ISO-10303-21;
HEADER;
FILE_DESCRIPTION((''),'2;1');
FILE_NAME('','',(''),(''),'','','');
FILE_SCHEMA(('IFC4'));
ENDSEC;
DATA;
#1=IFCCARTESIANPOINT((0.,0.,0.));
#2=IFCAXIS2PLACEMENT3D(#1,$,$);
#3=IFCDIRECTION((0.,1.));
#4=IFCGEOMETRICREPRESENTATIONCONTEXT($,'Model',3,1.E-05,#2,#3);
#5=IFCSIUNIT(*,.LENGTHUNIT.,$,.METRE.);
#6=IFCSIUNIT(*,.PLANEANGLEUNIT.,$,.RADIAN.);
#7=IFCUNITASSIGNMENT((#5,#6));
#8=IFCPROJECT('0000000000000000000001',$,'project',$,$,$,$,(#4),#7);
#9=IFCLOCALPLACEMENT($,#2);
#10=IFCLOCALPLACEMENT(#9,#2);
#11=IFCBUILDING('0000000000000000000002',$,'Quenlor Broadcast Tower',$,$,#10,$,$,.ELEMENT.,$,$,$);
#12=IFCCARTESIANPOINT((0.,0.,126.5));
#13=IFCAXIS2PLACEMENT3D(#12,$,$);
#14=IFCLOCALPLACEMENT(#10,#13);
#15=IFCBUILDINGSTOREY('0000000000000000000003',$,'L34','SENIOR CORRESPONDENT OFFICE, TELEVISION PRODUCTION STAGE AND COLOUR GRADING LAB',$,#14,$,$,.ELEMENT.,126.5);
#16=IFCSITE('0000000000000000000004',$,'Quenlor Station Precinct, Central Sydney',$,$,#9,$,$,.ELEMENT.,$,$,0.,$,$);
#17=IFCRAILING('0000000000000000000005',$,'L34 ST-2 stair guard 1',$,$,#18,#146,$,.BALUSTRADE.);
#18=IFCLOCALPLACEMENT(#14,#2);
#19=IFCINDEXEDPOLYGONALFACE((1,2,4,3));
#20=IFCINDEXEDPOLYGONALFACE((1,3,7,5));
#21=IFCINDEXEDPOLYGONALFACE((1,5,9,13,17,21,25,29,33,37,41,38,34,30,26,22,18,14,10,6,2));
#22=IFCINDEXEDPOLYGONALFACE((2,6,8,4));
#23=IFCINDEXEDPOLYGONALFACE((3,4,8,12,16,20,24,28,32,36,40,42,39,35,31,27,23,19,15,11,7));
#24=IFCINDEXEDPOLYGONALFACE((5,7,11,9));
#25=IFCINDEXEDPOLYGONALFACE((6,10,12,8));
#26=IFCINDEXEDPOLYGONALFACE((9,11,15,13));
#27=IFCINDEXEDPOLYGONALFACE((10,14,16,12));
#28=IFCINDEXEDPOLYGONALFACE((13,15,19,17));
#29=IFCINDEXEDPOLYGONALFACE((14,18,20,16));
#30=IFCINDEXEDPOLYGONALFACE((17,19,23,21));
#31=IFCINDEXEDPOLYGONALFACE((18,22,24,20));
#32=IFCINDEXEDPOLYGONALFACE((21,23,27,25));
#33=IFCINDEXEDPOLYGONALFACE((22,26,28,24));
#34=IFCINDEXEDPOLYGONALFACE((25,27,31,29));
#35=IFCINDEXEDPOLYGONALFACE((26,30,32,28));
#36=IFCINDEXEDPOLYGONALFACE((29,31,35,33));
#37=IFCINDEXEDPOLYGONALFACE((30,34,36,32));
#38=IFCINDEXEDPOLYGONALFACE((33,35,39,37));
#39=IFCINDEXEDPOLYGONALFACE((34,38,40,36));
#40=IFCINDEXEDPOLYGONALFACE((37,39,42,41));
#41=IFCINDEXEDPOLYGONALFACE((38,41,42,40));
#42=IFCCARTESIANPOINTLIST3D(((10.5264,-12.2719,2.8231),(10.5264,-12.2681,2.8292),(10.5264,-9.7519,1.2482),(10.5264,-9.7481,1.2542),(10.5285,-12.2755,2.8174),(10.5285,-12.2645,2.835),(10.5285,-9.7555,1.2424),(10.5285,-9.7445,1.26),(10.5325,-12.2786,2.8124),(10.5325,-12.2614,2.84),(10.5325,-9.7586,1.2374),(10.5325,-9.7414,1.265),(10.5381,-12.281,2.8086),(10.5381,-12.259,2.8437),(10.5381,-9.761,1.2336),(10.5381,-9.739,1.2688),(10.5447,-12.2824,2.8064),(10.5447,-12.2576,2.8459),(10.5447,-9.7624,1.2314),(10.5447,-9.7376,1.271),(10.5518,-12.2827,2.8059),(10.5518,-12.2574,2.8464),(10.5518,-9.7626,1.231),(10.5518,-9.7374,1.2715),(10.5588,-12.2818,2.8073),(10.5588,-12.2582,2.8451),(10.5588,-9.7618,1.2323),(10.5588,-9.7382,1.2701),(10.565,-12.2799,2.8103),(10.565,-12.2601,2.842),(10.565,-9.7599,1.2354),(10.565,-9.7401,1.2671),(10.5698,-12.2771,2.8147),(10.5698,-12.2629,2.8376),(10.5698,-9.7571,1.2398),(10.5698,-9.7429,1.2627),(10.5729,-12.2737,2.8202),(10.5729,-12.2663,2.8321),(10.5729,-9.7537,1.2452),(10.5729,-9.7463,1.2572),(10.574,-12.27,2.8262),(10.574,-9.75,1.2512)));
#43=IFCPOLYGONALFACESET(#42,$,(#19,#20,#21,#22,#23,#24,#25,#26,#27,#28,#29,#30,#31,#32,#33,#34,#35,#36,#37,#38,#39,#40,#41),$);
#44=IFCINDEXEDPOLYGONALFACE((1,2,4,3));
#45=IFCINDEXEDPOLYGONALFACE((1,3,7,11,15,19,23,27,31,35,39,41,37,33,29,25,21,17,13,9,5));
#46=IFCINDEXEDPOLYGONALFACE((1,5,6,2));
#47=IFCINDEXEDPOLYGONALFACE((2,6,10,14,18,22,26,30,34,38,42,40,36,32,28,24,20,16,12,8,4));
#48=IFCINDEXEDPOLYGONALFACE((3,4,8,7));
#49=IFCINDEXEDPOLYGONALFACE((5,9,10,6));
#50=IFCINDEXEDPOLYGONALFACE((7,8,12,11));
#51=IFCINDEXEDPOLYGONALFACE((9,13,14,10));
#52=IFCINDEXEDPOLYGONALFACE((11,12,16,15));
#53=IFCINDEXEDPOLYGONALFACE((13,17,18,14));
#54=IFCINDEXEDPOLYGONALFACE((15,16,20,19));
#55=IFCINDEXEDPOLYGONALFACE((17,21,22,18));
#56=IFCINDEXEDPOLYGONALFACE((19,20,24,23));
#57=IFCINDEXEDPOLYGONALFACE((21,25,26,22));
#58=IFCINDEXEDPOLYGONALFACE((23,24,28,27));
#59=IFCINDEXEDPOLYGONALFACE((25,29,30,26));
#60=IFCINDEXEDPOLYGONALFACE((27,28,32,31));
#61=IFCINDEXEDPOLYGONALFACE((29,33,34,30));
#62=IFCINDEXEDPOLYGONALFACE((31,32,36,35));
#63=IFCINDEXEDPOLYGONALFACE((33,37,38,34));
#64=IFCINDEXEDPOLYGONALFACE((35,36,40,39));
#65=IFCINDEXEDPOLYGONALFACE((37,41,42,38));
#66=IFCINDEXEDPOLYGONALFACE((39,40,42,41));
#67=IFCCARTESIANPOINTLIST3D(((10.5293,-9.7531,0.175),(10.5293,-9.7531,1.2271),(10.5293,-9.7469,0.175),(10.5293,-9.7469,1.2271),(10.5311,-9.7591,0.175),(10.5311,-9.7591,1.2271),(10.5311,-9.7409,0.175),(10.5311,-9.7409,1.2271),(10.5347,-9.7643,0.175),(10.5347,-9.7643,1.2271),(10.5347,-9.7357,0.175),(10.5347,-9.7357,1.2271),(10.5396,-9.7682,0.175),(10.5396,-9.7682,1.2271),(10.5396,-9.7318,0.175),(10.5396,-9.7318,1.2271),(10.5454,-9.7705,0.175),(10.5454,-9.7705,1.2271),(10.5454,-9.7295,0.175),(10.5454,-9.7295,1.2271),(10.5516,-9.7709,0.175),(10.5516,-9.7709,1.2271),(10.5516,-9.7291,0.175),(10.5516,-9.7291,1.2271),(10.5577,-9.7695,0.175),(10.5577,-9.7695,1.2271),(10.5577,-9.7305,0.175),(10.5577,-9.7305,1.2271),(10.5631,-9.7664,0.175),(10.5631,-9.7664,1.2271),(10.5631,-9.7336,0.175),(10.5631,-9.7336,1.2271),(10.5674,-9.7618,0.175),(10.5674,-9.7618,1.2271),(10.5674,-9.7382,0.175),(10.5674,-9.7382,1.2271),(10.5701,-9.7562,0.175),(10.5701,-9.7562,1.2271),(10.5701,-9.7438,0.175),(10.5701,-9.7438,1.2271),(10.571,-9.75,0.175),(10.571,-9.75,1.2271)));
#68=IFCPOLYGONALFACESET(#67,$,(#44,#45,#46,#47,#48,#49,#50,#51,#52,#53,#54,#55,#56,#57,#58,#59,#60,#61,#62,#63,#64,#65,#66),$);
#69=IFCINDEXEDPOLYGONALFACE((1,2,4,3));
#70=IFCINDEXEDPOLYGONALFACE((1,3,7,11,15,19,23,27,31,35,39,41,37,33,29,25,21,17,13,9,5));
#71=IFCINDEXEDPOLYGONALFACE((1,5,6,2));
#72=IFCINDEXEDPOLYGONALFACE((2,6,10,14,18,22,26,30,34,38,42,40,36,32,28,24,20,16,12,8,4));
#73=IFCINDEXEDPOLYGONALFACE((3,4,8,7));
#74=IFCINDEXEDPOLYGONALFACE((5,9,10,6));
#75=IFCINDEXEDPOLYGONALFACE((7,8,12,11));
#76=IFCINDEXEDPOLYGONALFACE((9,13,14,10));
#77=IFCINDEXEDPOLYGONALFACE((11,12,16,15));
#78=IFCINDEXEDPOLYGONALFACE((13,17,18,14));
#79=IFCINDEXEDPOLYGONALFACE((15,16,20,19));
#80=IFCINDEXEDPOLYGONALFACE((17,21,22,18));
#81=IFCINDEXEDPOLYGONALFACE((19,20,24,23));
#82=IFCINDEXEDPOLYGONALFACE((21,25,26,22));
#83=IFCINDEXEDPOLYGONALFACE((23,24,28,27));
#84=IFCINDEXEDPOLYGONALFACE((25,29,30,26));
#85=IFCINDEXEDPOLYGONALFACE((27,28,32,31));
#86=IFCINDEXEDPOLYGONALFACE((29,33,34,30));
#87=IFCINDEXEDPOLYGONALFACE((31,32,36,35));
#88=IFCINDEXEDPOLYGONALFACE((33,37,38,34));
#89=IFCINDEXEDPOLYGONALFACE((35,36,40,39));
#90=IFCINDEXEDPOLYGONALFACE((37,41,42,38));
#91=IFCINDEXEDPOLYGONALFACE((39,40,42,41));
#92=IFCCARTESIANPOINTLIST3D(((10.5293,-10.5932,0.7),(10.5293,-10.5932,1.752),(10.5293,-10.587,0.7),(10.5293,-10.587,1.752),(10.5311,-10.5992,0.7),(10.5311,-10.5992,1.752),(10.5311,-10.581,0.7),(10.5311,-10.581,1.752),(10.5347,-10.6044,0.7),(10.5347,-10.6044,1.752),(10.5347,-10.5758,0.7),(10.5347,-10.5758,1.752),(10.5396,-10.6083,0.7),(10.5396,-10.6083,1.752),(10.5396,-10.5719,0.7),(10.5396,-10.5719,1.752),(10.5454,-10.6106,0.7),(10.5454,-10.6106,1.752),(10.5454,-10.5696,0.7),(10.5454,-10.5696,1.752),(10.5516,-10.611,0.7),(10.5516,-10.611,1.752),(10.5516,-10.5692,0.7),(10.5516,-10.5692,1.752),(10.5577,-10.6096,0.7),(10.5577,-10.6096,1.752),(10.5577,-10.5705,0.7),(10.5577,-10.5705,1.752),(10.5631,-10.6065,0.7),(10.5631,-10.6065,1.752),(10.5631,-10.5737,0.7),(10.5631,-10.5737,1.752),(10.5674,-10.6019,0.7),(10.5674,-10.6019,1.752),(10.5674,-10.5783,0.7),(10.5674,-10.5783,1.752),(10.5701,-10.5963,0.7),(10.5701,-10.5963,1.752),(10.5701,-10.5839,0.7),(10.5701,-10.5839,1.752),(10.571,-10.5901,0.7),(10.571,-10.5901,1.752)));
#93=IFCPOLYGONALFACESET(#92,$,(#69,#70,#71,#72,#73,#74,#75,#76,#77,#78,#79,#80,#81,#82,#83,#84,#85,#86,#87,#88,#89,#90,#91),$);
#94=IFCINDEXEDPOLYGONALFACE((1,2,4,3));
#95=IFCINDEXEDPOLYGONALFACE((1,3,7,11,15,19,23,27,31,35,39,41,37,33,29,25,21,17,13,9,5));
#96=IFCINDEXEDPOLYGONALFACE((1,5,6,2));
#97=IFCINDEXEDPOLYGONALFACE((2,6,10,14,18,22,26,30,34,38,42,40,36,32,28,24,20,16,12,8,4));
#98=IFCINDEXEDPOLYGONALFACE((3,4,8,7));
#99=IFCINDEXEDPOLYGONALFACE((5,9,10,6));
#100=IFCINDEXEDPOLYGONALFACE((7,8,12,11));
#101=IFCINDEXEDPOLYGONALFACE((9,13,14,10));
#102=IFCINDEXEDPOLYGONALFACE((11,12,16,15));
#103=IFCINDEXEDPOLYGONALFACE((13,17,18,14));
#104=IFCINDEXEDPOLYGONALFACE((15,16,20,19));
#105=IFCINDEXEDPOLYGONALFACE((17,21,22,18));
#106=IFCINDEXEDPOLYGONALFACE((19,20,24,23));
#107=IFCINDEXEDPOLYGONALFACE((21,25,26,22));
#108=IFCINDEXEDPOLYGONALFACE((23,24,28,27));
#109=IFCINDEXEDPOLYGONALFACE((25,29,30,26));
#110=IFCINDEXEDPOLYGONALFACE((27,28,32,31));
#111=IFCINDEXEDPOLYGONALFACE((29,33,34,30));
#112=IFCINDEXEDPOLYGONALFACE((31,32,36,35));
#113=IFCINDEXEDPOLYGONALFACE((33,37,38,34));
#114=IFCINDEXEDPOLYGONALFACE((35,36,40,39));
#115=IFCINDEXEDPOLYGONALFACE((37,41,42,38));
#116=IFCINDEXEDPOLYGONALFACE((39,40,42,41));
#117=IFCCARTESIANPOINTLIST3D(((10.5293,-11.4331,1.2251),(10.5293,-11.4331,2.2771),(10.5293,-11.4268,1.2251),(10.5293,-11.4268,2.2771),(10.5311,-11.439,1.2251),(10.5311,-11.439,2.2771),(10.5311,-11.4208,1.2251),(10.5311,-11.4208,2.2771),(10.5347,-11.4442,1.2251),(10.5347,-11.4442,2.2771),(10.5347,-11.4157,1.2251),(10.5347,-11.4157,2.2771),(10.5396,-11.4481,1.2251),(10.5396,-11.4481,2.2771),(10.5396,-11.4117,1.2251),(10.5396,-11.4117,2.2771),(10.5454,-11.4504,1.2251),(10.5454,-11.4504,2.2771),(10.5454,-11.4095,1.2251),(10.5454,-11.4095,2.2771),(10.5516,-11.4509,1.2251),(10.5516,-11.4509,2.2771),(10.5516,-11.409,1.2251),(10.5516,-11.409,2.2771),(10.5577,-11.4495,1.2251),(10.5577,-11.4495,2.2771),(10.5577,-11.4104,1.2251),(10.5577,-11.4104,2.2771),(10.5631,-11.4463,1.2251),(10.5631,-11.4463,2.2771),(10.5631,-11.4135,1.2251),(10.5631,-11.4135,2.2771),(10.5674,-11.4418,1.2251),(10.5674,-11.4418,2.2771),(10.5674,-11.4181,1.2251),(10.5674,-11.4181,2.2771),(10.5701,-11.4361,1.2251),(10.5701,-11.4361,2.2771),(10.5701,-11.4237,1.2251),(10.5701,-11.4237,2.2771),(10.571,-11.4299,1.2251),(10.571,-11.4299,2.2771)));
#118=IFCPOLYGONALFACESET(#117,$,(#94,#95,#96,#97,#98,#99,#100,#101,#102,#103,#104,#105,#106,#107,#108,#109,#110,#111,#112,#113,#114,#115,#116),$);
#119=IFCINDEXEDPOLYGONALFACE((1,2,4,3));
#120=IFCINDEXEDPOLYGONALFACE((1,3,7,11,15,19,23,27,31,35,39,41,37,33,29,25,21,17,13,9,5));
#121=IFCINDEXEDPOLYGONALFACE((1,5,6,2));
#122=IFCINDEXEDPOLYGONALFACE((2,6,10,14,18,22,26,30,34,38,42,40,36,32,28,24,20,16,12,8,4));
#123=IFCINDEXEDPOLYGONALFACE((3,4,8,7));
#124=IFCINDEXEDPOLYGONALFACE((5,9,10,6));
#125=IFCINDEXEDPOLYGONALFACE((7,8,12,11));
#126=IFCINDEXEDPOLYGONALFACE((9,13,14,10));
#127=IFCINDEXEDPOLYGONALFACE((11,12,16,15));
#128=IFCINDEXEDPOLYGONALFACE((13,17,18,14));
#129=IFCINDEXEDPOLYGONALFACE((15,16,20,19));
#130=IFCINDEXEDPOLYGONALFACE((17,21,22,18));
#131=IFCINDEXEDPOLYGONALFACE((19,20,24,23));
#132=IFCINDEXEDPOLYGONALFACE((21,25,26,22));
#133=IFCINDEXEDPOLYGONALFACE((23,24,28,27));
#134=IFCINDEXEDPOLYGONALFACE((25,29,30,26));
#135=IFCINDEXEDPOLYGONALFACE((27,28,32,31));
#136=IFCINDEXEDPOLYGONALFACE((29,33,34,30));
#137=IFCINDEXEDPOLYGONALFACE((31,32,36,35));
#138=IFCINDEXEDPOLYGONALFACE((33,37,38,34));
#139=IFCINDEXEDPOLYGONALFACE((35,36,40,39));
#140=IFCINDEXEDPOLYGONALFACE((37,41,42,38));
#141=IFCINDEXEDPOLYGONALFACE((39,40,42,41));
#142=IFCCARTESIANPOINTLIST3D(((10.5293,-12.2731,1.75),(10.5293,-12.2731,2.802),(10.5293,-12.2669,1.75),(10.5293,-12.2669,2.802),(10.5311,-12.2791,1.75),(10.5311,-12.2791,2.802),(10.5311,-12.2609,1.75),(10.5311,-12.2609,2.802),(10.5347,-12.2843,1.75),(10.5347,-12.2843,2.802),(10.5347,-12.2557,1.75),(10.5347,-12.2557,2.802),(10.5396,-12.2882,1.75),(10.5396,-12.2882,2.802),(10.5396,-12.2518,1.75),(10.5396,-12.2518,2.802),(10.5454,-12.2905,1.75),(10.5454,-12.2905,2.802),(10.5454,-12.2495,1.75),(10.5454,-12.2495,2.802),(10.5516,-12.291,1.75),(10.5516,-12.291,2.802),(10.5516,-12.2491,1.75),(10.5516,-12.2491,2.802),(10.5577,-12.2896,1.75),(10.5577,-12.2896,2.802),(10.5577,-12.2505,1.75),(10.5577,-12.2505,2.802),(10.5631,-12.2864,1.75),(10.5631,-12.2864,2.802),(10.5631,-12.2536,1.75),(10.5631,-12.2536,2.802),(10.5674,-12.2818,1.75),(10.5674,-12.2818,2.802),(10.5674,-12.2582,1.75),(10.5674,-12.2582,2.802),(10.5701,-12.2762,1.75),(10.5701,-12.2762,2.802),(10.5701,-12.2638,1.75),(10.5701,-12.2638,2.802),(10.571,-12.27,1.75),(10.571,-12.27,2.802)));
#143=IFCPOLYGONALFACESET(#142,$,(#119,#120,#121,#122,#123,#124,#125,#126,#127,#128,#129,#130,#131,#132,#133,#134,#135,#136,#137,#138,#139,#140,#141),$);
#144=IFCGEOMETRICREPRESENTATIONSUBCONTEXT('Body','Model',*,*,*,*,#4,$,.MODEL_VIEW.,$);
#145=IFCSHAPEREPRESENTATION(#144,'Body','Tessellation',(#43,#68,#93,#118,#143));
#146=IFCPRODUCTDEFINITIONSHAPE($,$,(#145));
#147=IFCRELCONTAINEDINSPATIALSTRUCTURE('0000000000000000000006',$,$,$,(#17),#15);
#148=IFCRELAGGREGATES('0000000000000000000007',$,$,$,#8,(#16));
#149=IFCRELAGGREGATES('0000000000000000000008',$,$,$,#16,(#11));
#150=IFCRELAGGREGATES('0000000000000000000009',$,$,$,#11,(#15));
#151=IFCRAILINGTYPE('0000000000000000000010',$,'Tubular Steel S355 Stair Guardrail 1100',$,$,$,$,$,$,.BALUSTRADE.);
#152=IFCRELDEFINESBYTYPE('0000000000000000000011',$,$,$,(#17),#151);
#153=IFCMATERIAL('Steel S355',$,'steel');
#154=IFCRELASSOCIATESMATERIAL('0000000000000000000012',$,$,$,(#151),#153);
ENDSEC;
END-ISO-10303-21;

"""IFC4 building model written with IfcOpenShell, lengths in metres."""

from ifc_helpers import new_model, si_unit, direction, frame, origin, origin_2d, place, context, subcontext, project, spatial, circle, extrude, material, type_object, element, save


model = new_model("IFC4")

# Units and contexts
model_context = context("Model", 3, precision=1e-05, world=origin(), true_north=direction((0.0, 1.0)))
body_context = subcontext(model_context, "Body", "Model", "MODEL_VIEW")
ifc_project = project(units=[si_unit("LENGTHUNIT", "METRE"), si_unit("PLANEANGLEUNIT", "RADIAN")], contexts=[model_context])

# Site, building, storey
site_placement = place(None, origin())
site = spatial("IfcSite", under=ifc_project, at=site_placement, Name="Quenlor Station Precinct, Central Sydney", CompositionType="ELEMENT", RefElevation=0.0)
building_placement = place(site_placement, origin())
building = spatial("IfcBuilding", under=site, at=building_placement, Name="Quenlor Broadcast Tower", CompositionType="ELEMENT")
storey_placement = place(building_placement, frame((0.0, 0.0, 126.5)))
storey = spatial("IfcBuildingStorey", under=building, at=storey_placement, Name="L34", Description="SENIOR CORRESPONDENT OFFICE, TELEVISION PRODUCTION STAGE AND COLOUR GRADING LAB", CompositionType="ELEMENT", Elevation=126.5)

# Railing
ifc_material_1 = material(Name="Steel S355", Category="steel")
railing_type_1 = type_object("IfcRailingType", Name="Tubular Steel S355 Stair Guardrail 1100", PredefinedType="BALUSTRADE", material=ifc_material_1)
railing_1_placement = place(storey_placement, frame((10.55, -9.75, 0.175)))
element("IfcRailing", 1, at=railing_1_placement, inside=storey, type_object=railing_type_1, Name="L34 ST-2 stair guard 1", PredefinedType="BALUSTRADE", context=body_context, shape_type="SweptSolid", body=[
    extrude(circle(Radius=0.0239, at=origin_2d()), frame((0.0, 0.0, 1.0762), z_axis=(0.0, -0.848008, 0.529984), x_axis=(1.0, 0.0, 0.0)), (0.0, 0.0, 1.0), 2.9717),
    extrude(circle(Radius=0.021, at=origin_2d()), origin(), (0.0, 0.0, 1.0), 1.052),
    extrude(circle(Radius=0.021, at=origin_2d()), frame((0.0, -0.8401, 0.5249)), (0.0, 0.0, 1.0), 1.052),
    extrude(circle(Radius=0.021, at=origin_2d()), frame((0.0, -1.6799, 1.05)), (0.0, 0.0, 1.0), 1.052),
    extrude(circle(Radius=0.021, at=origin_2d()), frame((0.0, -2.52, 1.575)), (0.0, 0.0, 1.0), 1.052),
])

save(model, "model.ifc")
